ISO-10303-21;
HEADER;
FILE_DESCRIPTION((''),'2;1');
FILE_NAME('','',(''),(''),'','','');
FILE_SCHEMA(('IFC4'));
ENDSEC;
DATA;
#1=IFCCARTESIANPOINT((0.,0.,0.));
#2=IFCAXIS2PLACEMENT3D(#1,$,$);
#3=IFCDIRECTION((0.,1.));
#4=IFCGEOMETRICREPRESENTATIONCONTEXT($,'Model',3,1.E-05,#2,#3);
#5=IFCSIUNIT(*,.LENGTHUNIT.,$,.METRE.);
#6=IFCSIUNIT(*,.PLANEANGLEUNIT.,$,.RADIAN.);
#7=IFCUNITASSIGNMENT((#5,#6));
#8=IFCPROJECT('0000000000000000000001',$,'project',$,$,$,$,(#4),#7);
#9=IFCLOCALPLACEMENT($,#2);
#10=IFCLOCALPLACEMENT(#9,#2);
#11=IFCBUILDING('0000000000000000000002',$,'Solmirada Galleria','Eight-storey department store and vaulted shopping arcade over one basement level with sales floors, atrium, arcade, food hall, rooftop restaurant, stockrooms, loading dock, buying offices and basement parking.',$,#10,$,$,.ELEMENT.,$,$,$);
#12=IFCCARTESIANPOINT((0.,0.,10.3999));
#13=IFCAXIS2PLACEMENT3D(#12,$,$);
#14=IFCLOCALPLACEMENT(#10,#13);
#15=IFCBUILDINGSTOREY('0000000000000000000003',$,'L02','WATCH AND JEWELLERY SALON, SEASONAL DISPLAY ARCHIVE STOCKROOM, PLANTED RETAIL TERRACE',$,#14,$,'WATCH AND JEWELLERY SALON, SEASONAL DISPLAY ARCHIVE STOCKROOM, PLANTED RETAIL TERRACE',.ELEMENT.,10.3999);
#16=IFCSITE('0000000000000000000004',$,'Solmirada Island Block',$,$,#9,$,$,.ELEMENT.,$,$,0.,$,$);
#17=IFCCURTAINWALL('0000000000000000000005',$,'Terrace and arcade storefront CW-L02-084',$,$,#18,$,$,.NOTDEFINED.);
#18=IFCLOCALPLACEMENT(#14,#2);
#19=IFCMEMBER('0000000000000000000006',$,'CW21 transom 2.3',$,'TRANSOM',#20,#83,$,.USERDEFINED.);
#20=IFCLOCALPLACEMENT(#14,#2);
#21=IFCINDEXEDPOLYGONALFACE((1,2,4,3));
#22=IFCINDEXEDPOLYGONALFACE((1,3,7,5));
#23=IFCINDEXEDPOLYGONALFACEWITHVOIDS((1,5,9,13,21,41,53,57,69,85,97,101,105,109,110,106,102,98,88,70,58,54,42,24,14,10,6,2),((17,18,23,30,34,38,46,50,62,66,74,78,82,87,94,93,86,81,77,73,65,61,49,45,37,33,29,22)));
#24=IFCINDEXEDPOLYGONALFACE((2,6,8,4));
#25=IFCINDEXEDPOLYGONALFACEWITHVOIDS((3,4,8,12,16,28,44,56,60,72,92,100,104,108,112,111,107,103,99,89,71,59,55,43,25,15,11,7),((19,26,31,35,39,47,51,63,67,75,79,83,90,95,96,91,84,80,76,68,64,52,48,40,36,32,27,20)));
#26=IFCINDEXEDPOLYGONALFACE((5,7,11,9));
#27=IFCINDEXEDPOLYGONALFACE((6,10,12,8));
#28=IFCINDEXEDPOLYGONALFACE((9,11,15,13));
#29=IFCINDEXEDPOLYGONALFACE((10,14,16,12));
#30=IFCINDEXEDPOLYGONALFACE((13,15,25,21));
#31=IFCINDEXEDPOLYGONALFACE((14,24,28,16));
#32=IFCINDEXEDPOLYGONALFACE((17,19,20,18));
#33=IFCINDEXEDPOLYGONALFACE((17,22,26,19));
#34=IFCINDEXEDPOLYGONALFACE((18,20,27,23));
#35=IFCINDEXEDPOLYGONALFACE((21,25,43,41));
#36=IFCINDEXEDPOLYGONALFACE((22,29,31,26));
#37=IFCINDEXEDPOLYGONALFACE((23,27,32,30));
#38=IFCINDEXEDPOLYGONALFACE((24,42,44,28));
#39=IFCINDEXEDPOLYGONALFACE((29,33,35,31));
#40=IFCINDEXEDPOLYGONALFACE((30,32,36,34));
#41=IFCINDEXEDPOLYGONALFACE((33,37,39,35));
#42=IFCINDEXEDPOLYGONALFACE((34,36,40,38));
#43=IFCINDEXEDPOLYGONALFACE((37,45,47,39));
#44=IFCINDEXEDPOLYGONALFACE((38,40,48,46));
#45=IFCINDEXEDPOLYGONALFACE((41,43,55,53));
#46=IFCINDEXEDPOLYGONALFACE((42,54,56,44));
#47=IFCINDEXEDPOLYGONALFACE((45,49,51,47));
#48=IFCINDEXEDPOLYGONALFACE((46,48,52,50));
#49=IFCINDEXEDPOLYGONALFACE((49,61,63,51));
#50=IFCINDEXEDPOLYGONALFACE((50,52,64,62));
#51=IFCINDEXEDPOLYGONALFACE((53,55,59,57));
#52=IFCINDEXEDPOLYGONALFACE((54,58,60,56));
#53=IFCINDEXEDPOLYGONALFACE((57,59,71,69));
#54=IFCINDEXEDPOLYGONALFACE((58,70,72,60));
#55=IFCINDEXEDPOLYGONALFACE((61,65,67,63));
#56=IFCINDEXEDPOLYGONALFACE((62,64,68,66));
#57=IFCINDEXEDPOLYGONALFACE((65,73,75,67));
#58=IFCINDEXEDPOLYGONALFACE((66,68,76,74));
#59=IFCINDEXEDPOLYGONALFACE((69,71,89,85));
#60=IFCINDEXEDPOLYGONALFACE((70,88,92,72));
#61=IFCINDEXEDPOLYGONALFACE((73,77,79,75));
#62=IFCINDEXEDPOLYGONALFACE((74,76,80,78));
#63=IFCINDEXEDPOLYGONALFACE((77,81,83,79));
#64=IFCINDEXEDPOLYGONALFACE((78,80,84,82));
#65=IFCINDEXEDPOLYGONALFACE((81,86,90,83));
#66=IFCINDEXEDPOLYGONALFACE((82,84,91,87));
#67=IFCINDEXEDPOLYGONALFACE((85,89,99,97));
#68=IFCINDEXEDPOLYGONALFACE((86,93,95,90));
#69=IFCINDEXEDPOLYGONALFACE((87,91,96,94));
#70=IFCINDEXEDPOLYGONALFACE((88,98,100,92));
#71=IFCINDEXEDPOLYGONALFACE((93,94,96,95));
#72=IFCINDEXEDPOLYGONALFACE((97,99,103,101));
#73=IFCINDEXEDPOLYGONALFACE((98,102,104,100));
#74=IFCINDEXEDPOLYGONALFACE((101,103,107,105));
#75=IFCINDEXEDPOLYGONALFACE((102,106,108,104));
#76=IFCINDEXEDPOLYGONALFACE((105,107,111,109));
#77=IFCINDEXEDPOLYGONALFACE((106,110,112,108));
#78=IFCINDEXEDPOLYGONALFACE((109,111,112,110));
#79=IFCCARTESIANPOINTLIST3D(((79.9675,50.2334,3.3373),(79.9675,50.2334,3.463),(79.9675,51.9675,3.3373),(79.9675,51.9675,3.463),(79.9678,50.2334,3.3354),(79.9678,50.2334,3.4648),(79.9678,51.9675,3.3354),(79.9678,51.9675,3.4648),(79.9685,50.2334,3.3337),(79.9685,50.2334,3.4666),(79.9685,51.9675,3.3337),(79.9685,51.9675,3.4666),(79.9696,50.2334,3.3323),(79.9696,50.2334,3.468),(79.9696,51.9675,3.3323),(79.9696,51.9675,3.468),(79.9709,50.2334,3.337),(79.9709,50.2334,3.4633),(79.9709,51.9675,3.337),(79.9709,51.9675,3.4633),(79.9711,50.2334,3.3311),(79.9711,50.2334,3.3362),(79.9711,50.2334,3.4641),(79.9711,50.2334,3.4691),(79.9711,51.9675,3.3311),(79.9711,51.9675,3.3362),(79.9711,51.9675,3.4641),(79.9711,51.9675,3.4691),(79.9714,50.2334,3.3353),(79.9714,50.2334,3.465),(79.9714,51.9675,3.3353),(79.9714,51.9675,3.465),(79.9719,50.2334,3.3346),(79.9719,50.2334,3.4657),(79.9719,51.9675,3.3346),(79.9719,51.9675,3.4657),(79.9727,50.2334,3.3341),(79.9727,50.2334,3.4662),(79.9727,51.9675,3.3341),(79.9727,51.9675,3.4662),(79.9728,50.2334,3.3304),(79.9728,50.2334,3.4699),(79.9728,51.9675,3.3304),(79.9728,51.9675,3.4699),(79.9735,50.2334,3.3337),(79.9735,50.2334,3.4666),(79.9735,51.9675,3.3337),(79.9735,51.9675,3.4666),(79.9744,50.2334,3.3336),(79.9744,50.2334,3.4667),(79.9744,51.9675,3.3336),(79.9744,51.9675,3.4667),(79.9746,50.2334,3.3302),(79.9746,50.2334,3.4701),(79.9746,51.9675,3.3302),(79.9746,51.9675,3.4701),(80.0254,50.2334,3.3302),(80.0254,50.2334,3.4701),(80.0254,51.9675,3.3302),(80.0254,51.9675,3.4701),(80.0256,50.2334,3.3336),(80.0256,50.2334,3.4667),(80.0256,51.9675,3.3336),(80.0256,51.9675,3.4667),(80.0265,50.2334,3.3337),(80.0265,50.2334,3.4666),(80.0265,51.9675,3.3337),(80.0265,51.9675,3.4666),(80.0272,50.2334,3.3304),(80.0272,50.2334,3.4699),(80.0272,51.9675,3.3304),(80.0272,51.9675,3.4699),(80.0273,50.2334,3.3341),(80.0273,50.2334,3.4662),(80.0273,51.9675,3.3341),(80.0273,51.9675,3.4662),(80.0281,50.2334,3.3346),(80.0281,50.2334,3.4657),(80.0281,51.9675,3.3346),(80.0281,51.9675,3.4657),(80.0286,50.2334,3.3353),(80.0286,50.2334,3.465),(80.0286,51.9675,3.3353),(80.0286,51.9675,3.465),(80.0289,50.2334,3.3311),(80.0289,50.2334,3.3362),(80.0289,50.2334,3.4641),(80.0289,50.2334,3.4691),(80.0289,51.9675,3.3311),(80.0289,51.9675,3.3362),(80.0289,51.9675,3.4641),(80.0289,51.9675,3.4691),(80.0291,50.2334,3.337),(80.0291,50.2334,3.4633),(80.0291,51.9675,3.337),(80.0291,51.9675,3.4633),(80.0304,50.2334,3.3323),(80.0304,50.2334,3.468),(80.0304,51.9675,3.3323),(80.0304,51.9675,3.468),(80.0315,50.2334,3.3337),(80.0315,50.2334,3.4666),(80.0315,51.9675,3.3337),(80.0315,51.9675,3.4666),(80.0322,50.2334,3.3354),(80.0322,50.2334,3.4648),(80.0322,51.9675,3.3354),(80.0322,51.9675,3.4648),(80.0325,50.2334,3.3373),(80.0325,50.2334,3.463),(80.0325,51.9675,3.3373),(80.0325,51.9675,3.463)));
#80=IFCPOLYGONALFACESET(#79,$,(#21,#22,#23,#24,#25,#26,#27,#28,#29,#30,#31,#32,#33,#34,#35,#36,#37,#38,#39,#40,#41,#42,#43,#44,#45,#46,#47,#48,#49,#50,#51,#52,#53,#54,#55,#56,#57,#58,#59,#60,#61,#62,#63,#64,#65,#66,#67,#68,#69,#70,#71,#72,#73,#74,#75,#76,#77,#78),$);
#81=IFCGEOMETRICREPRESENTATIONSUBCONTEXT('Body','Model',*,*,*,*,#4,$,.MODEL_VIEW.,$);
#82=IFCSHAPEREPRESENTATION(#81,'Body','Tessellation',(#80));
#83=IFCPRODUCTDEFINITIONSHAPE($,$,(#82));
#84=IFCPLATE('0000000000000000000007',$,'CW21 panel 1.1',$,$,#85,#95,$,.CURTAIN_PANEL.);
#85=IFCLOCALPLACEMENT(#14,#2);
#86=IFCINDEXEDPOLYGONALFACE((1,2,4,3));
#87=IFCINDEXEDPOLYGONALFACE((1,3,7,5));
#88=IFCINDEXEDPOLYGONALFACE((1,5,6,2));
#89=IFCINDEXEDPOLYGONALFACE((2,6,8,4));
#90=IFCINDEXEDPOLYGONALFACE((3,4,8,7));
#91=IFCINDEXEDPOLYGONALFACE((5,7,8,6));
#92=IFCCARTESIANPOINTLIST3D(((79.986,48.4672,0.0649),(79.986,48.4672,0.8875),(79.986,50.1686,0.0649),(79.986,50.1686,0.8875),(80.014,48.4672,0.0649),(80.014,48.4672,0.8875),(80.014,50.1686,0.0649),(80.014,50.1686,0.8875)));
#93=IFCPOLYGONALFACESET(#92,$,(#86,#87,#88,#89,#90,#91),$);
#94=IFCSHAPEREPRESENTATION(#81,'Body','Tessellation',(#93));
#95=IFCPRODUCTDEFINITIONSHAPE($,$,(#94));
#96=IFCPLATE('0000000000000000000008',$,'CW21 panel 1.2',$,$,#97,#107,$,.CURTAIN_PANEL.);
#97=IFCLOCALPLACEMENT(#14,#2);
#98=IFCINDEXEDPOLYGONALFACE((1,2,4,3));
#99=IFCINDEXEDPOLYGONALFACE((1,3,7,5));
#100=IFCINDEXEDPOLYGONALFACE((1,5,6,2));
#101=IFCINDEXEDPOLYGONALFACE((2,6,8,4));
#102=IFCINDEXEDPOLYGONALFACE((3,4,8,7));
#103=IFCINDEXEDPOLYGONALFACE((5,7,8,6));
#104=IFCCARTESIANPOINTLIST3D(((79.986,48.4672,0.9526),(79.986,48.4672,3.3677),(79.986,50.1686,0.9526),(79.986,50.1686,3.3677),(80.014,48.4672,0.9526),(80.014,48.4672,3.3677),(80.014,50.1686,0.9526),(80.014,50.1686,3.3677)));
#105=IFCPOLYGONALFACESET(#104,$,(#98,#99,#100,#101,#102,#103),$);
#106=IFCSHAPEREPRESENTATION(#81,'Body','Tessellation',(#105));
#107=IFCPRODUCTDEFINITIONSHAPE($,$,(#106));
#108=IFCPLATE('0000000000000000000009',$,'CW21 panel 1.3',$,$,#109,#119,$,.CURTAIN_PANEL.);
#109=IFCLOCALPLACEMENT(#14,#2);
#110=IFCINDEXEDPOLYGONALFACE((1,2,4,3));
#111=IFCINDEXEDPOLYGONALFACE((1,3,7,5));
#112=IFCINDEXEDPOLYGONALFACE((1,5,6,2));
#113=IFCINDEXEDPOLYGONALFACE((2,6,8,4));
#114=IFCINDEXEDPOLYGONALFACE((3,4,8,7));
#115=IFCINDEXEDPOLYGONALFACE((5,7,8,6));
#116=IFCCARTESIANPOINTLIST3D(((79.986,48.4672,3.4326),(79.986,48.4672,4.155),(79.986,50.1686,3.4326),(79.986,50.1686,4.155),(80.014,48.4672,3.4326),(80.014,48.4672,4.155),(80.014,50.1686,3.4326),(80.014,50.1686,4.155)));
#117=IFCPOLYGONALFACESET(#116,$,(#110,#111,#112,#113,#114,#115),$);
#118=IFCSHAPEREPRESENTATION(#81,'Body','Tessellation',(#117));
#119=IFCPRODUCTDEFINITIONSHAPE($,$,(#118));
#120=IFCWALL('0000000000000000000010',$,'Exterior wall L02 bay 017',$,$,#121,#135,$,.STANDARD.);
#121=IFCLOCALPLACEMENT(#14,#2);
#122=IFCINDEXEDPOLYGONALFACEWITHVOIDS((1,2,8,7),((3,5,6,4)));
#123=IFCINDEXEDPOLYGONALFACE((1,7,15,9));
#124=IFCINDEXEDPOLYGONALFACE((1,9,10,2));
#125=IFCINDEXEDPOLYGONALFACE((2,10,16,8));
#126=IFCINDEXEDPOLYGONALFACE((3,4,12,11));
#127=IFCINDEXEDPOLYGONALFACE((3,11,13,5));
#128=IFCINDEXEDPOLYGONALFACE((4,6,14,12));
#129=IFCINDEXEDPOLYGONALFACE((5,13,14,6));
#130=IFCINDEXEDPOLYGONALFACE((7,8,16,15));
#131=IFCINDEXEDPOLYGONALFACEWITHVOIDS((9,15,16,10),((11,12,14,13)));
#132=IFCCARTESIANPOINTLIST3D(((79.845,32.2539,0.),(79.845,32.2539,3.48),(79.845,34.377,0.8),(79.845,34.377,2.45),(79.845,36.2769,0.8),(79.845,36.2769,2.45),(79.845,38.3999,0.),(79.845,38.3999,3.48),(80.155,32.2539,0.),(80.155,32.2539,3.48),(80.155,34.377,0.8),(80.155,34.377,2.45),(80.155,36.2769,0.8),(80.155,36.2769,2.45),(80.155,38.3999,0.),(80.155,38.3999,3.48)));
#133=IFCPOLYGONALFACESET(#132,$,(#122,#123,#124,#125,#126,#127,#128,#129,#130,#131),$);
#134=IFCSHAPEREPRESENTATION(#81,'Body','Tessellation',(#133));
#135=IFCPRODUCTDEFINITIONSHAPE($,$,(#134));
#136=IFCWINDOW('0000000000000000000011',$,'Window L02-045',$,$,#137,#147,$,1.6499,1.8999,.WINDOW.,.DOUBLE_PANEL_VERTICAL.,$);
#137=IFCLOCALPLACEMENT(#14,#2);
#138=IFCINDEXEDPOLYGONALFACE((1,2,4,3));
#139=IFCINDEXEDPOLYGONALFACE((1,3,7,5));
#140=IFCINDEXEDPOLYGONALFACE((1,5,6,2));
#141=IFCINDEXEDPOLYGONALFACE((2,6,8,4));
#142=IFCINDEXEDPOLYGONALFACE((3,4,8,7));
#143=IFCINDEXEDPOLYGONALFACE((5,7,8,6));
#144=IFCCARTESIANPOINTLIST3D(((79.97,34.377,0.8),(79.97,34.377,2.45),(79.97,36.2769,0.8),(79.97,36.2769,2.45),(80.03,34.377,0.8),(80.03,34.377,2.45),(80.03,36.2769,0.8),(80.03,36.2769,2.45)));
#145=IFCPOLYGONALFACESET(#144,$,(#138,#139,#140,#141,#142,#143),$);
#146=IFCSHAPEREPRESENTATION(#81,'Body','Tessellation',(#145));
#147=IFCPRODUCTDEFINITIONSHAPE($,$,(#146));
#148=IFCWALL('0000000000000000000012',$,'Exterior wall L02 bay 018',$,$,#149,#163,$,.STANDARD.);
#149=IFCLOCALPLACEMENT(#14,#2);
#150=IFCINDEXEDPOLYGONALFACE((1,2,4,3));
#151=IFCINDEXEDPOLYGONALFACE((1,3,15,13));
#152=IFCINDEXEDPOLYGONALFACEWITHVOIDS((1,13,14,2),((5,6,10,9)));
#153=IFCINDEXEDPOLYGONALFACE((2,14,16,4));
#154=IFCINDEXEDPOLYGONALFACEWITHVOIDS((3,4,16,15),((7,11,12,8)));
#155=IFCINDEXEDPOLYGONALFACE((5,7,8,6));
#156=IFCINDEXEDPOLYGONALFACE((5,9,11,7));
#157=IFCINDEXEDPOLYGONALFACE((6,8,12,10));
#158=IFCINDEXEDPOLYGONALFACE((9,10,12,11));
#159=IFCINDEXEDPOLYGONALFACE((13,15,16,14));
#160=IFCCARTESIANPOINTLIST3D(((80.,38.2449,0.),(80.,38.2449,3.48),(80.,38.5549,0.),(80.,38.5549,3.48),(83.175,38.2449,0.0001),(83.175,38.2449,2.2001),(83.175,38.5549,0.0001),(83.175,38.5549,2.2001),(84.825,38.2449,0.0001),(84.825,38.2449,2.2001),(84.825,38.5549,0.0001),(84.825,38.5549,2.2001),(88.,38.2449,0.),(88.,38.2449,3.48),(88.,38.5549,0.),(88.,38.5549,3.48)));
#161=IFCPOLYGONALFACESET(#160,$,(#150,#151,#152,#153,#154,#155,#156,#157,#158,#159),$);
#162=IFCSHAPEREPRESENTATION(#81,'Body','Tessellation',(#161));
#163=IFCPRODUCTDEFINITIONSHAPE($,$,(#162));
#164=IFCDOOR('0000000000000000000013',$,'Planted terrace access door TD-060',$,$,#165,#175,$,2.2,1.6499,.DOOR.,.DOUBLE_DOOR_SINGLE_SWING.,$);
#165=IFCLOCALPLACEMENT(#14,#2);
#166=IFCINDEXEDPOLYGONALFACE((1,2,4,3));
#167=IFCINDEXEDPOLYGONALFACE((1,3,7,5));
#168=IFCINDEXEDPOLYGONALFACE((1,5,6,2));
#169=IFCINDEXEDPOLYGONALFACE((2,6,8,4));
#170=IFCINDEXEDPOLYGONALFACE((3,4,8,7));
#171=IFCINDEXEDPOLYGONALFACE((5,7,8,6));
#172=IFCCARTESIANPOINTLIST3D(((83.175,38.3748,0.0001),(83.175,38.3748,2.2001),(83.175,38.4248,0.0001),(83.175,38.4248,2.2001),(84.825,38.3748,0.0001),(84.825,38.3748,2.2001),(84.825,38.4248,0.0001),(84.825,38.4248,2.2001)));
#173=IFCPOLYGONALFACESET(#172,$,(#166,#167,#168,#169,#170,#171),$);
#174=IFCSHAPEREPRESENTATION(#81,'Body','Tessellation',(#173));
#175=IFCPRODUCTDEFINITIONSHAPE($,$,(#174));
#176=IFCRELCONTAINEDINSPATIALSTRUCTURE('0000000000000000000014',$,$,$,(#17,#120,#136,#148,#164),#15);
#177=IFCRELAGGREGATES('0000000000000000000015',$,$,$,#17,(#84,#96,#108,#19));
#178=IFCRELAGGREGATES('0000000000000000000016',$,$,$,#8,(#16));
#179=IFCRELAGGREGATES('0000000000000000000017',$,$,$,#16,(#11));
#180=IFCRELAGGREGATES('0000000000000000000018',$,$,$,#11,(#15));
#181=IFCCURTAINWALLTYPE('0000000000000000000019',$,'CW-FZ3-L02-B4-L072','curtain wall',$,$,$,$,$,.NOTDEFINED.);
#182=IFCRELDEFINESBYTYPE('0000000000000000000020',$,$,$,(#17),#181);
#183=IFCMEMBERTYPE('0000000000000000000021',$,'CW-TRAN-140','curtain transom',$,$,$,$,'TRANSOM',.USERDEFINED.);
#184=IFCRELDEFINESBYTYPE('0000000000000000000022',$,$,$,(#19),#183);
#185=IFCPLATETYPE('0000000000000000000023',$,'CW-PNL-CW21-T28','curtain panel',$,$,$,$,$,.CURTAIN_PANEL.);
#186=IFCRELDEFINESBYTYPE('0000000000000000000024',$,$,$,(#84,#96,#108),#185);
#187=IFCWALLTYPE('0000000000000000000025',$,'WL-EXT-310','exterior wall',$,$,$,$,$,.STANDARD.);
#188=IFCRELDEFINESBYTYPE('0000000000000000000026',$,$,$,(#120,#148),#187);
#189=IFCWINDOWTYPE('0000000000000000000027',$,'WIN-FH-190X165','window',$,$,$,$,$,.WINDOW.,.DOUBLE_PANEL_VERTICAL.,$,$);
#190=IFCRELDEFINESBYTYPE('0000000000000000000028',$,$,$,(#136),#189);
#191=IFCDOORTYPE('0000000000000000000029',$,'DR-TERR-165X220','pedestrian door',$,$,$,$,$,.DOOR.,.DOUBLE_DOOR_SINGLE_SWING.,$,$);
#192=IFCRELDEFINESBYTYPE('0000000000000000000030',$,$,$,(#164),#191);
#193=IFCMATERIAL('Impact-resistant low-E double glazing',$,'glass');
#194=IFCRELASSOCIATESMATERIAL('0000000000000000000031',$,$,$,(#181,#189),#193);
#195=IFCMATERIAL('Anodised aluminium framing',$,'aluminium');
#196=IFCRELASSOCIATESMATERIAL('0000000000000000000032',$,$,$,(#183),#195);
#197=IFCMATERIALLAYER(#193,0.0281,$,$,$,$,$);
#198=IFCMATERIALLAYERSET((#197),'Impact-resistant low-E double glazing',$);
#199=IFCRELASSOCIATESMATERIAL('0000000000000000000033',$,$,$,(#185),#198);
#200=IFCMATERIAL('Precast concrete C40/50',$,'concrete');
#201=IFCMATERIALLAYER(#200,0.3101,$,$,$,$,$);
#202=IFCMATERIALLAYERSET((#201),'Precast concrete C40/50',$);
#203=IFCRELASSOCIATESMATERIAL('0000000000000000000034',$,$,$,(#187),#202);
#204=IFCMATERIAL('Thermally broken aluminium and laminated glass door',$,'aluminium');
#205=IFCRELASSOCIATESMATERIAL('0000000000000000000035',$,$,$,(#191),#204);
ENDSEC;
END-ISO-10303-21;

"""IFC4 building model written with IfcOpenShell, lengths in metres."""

from ifc_helpers import new_model, si_unit, direction, frame, frame_2d, origin, origin_2d, place, context, subcontext, project, spatial, rectangle, hollow_rectangle, extrude, material, layer, layer_set, material_profile, profile_set, type_object, element, fill, aggregate, save


model = new_model("IFC4")

# Units and contexts
model_context = context("Model", 3, precision=1e-05, world=origin(), true_north=direction((0.0, 1.0)))
body_context = subcontext(model_context, "Body", "Model", "MODEL_VIEW")
ifc_project = project(units=[si_unit("LENGTHUNIT", "METRE"), si_unit("PLANEANGLEUNIT", "RADIAN")], contexts=[model_context])

# Site, building, storey
site_placement = place(None, origin())
site = spatial("IfcSite", under=ifc_project, at=site_placement, Name="Solmirada Island Block", CompositionType="ELEMENT", RefElevation=0.0)
building_placement = place(site_placement, origin())
building = spatial("IfcBuilding", under=site, at=building_placement, Name="Solmirada Galleria", Description="Eight-storey department store and vaulted shopping arcade over one basement level with sales floors, atrium, arcade, food hall, rooftop restaurant, stockrooms, loading dock, buying offices and basement parking.", CompositionType="ELEMENT")
storey_placement = place(building_placement, frame((0.0, 0.0, 10.3999)))
storey = spatial("IfcBuildingStorey", under=building, at=storey_placement, Name="L02", Description="WATCH AND JEWELLERY SALON, SEASONAL DISPLAY ARCHIVE STOCKROOM, PLANTED RETAIL TERRACE", LongName="WATCH AND JEWELLERY SALON, SEASONAL DISPLAY ARCHIVE STOCKROOM, PLANTED RETAIL TERRACE", CompositionType="ELEMENT", Elevation=10.3999)

# Curtain wall, member, plates
ifc_material_1 = material(Name="Impact-resistant low-E double glazing", Category="glass")
curtain_wall_type = type_object("IfcCurtainWallType", Name="CW-FZ3-L02-B4-L072", Description="curtain wall", PredefinedType="NOTDEFINED", material=ifc_material_1)
curtain_wall_placement = place(storey_placement, origin())
curtain_wall = element("IfcCurtainWall", 1, at=curtain_wall_placement, inside=storey, type_object=curtain_wall_type, Name="Terrace and arcade storefront CW-L02-084", PredefinedType="NOTDEFINED")
ifc_material_2 = material(Name="Anodised aluminium framing", Category="aluminium")
ifc_material_profile_1 = material_profile(ifc_material_2, hollow_rectangle(XDim=0.0649, YDim=0.1399, WallThickness=0.0034, InnerFilletRadius=0.0034, OuterFilletRadius=0.0071, at=origin_2d()), Name="ALU-TRAN-140X65")
ifc_profile_set_1 = profile_set([ifc_material_profile_1], Name="Anodised aluminium framing")
member_type_1 = type_object("IfcMemberType", Name="CW-TRAN-140", Description="curtain transom", ElementType="TRANSOM", PredefinedType="USERDEFINED", material=ifc_profile_set_1)
member_1_placement = place(storey_placement, frame((80.0, 50.2334, 3.4001), z_axis=(0.0, 1.0, 0.0), x_axis=(-1.0, 0.0, 0.0)))
member_1 = element("IfcMember", 2, at=member_1_placement, type_object=member_type_1, Name="CW21 transom 2.3", ObjectType="TRANSOM", PredefinedType="USERDEFINED", context=body_context, shape_type="SweptSolid", body=[
    extrude(hollow_rectangle(XDim=0.0649, YDim=0.1399, WallThickness=0.0034, InnerFilletRadius=0.0034, OuterFilletRadius=0.0071, at=origin_2d()), origin(), (0.0, 0.0, 1.0), 1.7341),
])
ifc_layer_1 = layer(ifc_material_1, 0.0281)
ifc_layer_set_1 = layer_set([ifc_layer_1], Name="Impact-resistant low-E double glazing")
plate_type = type_object("IfcPlateType", Name="CW-PNL-CW21-T28", Description="curtain panel", PredefinedType="CURTAIN_PANEL", material=ifc_layer_set_1)
plate_1_placement = place(storey_placement, frame((80.0, 49.3179, 0.0649), z_axis=(0.0, 0.0, 1.0), x_axis=(0.0, 1.0, 0.0)))
plate_1 = element("IfcPlate", 3, at=plate_1_placement, type_object=plate_type, Name="CW21 panel 1.1", PredefinedType="CURTAIN_PANEL", context=body_context, shape_type="SweptSolid", body=[
    extrude(rectangle(XDim=1.7014, YDim=0.0281, at=origin_2d()), origin(), (0.0, 0.0, 1.0), 0.8225),
])
plate_2_placement = place(storey_placement, frame((80.0, 49.3179, 0.9526), z_axis=(0.0, 0.0, 1.0), x_axis=(0.0, 1.0, 0.0)))
plate_2 = element("IfcPlate", 4, at=plate_2_placement, type_object=plate_type, Name="CW21 panel 1.2", PredefinedType="CURTAIN_PANEL", context=body_context, shape_type="SweptSolid", body=[
    extrude(rectangle(XDim=1.7014, YDim=0.0281, at=origin_2d()), origin(), (0.0, 0.0, 1.0), 2.415),
])
plate_3_placement = place(storey_placement, frame((80.0, 49.3179, 3.4326), z_axis=(0.0, 0.0, 1.0), x_axis=(0.0, 1.0, 0.0)))
plate_3 = element("IfcPlate", 5, at=plate_3_placement, type_object=plate_type, Name="CW21 panel 1.3", PredefinedType="CURTAIN_PANEL", context=body_context, shape_type="SweptSolid", body=[
    extrude(rectangle(XDim=1.7014, YDim=0.0281, at=origin_2d()), origin(), (0.0, 0.0, 1.0), 0.7224),
])
aggregate(curtain_wall, [plate_1, plate_2, plate_3, member_1])

# Wall, opening, window
ifc_material_3 = material(Name="Precast concrete C40/50", Category="concrete")
ifc_layer_2 = layer(ifc_material_3, 0.3101)
ifc_layer_set_2 = layer_set([ifc_layer_2], Name="Precast concrete C40/50")
wall_type = type_object("IfcWallType", Name="WL-EXT-310", Description="exterior wall", PredefinedType="STANDARD", material=ifc_layer_set_2)
wall_1_placement = place(storey_placement, frame((80.0, 32.2539, 0.0), z_axis=(0.0, 0.0, 1.0), x_axis=(0.0, 1.0, 0.0)))
wall_1 = element("IfcWall", 6, at=wall_1_placement, inside=storey, type_object=wall_type, Name="Exterior wall L02 bay 017", PredefinedType="STANDARD", context=body_context, shape_type="SweptSolid", body=[
    extrude(rectangle(XDim=6.146, YDim=0.3101, at=frame_2d((3.073, 0.0))), origin(), (0.0, 0.0, 1.0), 3.48),
])
opening_1_placement = place(wall_1_placement, frame((2.123, 0.0, 0.8)))
opening_1 = element("IfcOpeningElement", 7, at=opening_1_placement, cuts=wall_1, PredefinedType="OPENING", context=body_context, shape_type="SweptSolid", body=[
    extrude(rectangle(XDim=1.8999, YDim=1.6499, at=frame_2d((0.95, 0.825))), frame((0.0, 0.165, 0.0), z_axis=(0.0, -1.0, 0.0), x_axis=(1.0, 0.0, 0.0)), (0.0, 0.0, 1.0), 0.3301),
])
window_type = type_object("IfcWindowType", Name="WIN-FH-190X165", Description="window", PartitioningType="DOUBLE_PANEL_VERTICAL", PredefinedType="WINDOW", material=ifc_material_1)
window_placement = place(opening_1_placement, origin())
window = element("IfcWindow", 8, at=window_placement, inside=storey, type_object=window_type, Name="Window L02-045", OverallHeight=1.6499, OverallWidth=1.8999, PartitioningType="DOUBLE_PANEL_VERTICAL", PredefinedType="WINDOW", context=body_context, shape_type="SweptSolid", body=[
    extrude(rectangle(XDim=1.8999, YDim=1.6499, at=frame_2d((0.95, 0.825))), frame((0.0, 0.03, 0.0), z_axis=(0.0, -1.0, 0.0), x_axis=(1.0, 0.0, 0.0)), (0.0, 0.0, 1.0), 0.0601),
])
fill(opening_1, window)

# Wall, opening, door
wall_2_placement = place(storey_placement, frame((80.0, 38.3999, 0.0), z_axis=(0.0, 0.0, 1.0), x_axis=(1.0, 0.0, 0.0)))
wall_2 = element("IfcWall", 9, at=wall_2_placement, inside=storey, type_object=wall_type, Name="Exterior wall L02 bay 018", PredefinedType="STANDARD", context=body_context, shape_type="SweptSolid", body=[
    extrude(rectangle(XDim=8.0, YDim=0.3101, at=frame_2d((4.0, 0.0))), origin(), (0.0, 0.0, 1.0), 3.48),
])
opening_2_placement = place(wall_2_placement, frame((3.175, 0.0, 0.0)))
opening_2 = element("IfcOpeningElement", 10, at=opening_2_placement, cuts=wall_2, PredefinedType="OPENING", context=body_context, shape_type="SweptSolid", body=[
    extrude(rectangle(XDim=1.6499, YDim=2.2, at=frame_2d((0.825, 1.1001))), frame((0.0, 0.165, 0.0), z_axis=(0.0, -1.0, 0.0), x_axis=(1.0, 0.0, 0.0)), (0.0, 0.0, 1.0), 0.3301),
])
ifc_material_4 = material(Name="Thermally broken aluminium and laminated glass door", Category="aluminium")
door_type = type_object("IfcDoorType", Name="DR-TERR-165X220", Description="pedestrian door", OperationType="DOUBLE_DOOR_SINGLE_SWING", PredefinedType="DOOR", material=ifc_material_4)
door_placement = place(opening_2_placement, origin())
door = element("IfcDoor", 11, at=door_placement, inside=storey, type_object=door_type, Name="Planted terrace access door TD-060", OperationType="DOUBLE_DOOR_SINGLE_SWING", OverallHeight=2.2, OverallWidth=1.6499, PredefinedType="DOOR", context=body_context, shape_type="SweptSolid", body=[
    extrude(rectangle(XDim=1.6499, YDim=2.2, at=frame_2d((0.825, 1.1001))), frame((0.0, 0.0249, 0.0), z_axis=(0.0, -1.0, 0.0), x_axis=(1.0, 0.0, 0.0)), (0.0, 0.0, 1.0), 0.05),
])
fill(opening_2, door)

save(model, "model.ifc")
